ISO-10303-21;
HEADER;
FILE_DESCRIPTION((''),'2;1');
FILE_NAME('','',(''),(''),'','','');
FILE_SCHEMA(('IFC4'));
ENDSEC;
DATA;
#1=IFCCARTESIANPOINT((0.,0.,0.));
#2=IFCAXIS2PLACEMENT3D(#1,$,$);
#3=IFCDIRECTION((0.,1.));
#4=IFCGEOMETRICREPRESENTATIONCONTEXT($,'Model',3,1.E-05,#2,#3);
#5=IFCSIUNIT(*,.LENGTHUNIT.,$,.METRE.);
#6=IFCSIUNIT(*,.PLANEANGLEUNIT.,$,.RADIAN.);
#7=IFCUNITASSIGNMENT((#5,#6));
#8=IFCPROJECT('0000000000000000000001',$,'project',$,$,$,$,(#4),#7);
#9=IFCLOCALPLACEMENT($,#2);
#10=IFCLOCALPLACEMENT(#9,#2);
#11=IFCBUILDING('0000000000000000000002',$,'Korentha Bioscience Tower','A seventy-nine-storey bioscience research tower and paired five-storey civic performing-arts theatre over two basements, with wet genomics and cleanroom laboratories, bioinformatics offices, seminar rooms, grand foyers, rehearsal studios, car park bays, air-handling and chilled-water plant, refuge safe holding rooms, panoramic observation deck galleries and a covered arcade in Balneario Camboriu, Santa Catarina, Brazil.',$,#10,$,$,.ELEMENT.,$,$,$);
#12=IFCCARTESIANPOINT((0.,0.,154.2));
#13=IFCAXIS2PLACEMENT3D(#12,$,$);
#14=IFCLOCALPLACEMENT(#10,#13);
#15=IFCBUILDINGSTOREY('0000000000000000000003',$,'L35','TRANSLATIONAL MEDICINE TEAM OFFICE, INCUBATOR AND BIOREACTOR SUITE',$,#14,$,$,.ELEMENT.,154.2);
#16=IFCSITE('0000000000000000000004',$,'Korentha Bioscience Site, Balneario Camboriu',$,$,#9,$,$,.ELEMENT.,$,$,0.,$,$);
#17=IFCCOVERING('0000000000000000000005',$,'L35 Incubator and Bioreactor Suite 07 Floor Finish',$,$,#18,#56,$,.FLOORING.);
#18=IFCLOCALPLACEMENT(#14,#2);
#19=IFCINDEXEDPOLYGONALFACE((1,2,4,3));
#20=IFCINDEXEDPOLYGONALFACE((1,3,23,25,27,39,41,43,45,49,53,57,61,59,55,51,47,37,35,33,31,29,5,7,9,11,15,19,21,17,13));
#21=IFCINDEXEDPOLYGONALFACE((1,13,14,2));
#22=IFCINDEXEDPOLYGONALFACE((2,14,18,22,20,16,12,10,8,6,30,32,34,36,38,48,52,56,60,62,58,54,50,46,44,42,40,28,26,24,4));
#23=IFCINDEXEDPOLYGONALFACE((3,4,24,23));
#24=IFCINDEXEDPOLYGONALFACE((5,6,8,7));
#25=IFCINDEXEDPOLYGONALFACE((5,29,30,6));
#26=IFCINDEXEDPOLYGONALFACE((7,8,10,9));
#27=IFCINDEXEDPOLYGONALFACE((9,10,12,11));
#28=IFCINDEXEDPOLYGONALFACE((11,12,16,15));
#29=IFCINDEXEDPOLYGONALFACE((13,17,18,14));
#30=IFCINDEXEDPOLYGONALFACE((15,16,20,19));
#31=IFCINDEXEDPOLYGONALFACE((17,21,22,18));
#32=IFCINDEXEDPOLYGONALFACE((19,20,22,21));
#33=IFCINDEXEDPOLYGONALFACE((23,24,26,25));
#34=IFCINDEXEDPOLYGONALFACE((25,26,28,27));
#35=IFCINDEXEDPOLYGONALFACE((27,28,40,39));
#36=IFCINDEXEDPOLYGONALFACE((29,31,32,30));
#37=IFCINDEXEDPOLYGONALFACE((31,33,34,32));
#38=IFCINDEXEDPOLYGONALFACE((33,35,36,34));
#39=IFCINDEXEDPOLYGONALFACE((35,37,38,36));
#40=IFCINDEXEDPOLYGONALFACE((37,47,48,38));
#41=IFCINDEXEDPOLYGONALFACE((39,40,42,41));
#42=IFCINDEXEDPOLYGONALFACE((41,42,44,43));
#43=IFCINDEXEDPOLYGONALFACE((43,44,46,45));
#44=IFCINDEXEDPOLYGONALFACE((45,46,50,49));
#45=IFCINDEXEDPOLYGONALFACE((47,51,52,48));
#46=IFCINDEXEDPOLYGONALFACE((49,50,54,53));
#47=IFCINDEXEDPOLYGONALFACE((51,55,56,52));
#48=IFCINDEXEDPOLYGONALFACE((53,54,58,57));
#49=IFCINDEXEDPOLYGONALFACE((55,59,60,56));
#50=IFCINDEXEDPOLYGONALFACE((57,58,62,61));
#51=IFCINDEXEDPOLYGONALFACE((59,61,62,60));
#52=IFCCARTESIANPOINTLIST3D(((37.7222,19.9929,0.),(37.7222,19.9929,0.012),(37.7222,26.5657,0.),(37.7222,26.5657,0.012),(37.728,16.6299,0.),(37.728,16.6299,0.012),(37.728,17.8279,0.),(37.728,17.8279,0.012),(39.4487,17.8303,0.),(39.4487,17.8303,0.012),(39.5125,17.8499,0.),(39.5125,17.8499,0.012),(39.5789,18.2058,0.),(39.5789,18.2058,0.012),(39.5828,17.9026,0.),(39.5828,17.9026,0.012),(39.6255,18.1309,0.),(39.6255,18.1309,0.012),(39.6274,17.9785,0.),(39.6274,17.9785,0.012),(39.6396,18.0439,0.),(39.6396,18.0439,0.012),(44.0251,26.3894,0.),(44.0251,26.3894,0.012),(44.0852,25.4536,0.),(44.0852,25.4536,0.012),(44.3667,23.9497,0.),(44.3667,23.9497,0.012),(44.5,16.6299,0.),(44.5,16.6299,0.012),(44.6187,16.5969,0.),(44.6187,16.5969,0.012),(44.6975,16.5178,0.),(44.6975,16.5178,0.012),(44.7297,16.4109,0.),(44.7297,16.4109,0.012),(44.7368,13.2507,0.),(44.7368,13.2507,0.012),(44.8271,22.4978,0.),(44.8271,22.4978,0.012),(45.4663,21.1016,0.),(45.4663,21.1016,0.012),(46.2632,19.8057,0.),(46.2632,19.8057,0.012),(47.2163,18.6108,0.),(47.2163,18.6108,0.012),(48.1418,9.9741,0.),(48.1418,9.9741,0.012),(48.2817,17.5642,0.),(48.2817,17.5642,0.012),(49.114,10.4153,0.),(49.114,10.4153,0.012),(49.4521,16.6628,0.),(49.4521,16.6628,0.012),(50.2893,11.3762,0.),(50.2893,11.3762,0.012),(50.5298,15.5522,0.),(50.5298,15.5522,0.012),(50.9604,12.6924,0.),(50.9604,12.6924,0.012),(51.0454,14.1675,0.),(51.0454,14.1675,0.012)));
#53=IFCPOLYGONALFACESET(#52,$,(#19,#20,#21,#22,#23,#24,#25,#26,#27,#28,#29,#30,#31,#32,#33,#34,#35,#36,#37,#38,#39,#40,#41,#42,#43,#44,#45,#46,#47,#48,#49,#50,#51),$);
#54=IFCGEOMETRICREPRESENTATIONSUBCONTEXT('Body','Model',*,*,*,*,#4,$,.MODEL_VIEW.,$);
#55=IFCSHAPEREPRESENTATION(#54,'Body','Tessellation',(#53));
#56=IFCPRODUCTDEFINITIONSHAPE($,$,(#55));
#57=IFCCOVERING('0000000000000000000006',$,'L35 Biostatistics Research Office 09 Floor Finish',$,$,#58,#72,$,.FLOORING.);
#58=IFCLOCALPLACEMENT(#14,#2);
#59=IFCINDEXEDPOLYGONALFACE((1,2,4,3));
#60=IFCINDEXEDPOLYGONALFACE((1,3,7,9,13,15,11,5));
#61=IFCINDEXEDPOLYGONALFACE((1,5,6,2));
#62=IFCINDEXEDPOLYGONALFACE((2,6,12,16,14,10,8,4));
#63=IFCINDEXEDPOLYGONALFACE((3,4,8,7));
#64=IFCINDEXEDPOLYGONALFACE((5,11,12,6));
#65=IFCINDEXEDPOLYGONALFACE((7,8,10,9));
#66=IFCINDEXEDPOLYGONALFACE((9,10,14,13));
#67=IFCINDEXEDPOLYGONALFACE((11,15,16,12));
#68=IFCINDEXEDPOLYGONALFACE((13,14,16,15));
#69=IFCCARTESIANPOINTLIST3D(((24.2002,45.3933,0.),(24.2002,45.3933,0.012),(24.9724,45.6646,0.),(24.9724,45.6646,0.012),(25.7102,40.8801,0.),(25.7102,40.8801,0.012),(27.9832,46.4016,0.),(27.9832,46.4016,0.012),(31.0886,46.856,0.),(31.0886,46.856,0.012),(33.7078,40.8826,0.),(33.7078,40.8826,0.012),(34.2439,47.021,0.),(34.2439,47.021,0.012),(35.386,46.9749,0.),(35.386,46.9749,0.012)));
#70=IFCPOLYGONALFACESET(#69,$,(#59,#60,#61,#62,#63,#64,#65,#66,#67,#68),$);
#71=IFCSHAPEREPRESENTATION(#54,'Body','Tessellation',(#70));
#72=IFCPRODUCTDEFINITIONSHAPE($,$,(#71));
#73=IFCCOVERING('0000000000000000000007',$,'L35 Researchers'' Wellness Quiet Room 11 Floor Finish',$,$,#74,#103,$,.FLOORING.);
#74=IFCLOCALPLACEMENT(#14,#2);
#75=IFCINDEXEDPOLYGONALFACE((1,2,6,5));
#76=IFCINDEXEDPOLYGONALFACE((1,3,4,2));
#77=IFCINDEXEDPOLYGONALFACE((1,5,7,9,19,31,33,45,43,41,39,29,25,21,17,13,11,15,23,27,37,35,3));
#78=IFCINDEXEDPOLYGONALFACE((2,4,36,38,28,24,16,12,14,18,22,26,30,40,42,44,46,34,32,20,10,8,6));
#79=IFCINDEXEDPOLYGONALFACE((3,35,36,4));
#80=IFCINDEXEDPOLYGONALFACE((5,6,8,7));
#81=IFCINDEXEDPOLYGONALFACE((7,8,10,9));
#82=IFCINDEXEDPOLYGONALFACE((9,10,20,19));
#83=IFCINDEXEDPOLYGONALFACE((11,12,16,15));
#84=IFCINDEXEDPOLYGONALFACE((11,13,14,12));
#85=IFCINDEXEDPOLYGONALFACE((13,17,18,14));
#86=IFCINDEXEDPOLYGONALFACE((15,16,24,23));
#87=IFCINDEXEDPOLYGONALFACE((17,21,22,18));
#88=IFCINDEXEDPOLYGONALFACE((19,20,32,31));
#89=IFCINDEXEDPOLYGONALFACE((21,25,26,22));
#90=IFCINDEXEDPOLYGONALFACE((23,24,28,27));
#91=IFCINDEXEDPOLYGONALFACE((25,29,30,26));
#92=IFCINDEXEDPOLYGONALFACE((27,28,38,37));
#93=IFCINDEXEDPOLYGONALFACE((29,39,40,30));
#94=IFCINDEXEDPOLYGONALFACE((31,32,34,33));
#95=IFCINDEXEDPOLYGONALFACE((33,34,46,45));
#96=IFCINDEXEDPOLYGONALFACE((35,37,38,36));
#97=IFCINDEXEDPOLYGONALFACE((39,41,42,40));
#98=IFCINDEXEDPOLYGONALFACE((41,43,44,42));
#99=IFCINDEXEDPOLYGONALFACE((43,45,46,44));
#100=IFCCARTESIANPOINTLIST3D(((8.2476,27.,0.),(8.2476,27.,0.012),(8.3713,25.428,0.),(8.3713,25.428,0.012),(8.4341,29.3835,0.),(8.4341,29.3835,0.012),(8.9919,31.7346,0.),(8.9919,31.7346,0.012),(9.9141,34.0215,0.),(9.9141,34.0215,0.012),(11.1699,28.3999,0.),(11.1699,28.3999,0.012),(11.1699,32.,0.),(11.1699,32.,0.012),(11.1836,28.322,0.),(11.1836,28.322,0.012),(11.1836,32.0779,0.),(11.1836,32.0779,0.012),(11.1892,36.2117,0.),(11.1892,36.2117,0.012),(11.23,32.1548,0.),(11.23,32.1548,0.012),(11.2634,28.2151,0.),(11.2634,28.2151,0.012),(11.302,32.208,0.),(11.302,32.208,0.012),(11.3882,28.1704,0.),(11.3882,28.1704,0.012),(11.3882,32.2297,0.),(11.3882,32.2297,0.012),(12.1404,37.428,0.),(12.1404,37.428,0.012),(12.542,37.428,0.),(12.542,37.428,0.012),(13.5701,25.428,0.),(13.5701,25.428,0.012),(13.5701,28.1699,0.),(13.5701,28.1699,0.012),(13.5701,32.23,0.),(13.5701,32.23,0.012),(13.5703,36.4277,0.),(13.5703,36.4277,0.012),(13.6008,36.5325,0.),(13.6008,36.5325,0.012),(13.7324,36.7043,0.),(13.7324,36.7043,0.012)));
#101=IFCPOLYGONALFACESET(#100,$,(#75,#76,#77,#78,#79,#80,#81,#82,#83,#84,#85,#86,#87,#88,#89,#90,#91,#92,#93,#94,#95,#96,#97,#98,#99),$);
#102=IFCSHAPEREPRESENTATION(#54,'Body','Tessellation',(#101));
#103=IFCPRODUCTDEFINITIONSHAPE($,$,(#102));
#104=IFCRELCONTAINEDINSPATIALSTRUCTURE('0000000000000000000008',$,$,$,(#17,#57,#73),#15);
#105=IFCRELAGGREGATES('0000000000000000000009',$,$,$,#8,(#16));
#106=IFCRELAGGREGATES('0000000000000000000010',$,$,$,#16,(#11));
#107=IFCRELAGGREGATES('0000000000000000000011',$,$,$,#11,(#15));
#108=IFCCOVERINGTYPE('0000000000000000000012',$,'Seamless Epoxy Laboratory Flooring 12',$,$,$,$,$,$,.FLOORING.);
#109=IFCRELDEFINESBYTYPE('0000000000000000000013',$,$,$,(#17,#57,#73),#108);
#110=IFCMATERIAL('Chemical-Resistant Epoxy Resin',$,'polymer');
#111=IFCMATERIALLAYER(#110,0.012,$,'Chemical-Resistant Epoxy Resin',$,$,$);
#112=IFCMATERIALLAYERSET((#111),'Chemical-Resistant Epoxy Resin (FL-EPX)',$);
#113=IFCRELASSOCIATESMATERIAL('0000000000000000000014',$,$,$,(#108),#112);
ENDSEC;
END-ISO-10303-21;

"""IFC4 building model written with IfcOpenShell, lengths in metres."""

from ifc_helpers import new_model, si_unit, direction, frame, origin, place, context, subcontext, project, spatial, polyline, outline, extrude, material, layer, layer_set, type_object, element, save


model = new_model("IFC4")

# Units and contexts
model_context = context("Model", 3, precision=1e-05, world=origin(), true_north=direction((0.0, 1.0)))
body_context = subcontext(model_context, "Body", "Model", "MODEL_VIEW")
ifc_project = project(units=[si_unit("LENGTHUNIT", "METRE"), si_unit("PLANEANGLEUNIT", "RADIAN")], contexts=[model_context])

# Site, building, storey
site_placement = place(None, origin())
site = spatial("IfcSite", under=ifc_project, at=site_placement, Name="Korentha Bioscience Site, Balneario Camboriu", CompositionType="ELEMENT", RefElevation=0.0)
building_placement = place(site_placement, origin())
building = spatial("IfcBuilding", under=site, at=building_placement, Name="Korentha Bioscience Tower", Description="A seventy-nine-storey bioscience research tower and paired five-storey civic performing-arts theatre over two basements, with wet genomics and cleanroom laboratories, bioinformatics offices, seminar rooms, grand foyers, rehearsal studios, car park bays, air-handling and chilled-water plant, refuge safe holding rooms, panoramic observation deck galleries and a covered arcade in Balneario Camboriu, Santa Catarina, Brazil.", CompositionType="ELEMENT")
storey_placement = place(building_placement, frame((0.0, 0.0, 154.2)))
storey = spatial("IfcBuildingStorey", under=building, at=storey_placement, Name="L35", Description="TRANSLATIONAL MEDICINE TEAM OFFICE, INCUBATOR AND BIOREACTOR SUITE", CompositionType="ELEMENT", Elevation=154.2)

# Coverings
ifc_material_1 = material(Name="Chemical-Resistant Epoxy Resin", Category="polymer")
ifc_layer_1 = layer(ifc_material_1, 0.012, Name="Chemical-Resistant Epoxy Resin")
ifc_layer_set_1 = layer_set([ifc_layer_1], Name="Chemical-Resistant Epoxy Resin (FL-EPX)")
covering_type_1 = type_object("IfcCoveringType", Name="Seamless Epoxy Laboratory Flooring 12", PredefinedType="FLOORING", material=ifc_layer_set_1)
covering_1_placement = place(storey_placement, origin())
element("IfcCovering", 1, at=covering_1_placement, inside=storey, type_object=covering_type_1, Name="L35 Incubator and Bioreactor Suite 07 Floor Finish", PredefinedType="FLOORING", context=body_context, shape_type="SweptSolid", body=[
    extrude(outline(polyline([(44.0251, 26.3894), (44.0852, 25.4536), (44.3667, 23.9497), (44.8271, 22.4978), (45.4663, 21.1016), (46.2632, 19.8057), (47.2163, 18.6108), (48.2817, 17.5642), (49.4521, 16.6628), (50.5298, 15.5522), (51.0454, 14.1675), (50.9604, 12.6924), (50.2893, 11.3762), (49.114, 10.4153), (48.1418, 9.9741), (44.7368, 13.2507), (44.7297, 16.4109), (44.6975, 16.5178), (44.6187, 16.5969), (44.5, 16.6299), (37.728, 16.6299), (37.728, 17.8279), (39.4487, 17.8303), (39.5125, 17.8499), (39.5828, 17.9026), (39.6274, 17.9785), (39.6396, 18.0439), (39.6255, 18.1309), (39.5789, 18.2058), (37.7222, 19.9929), (37.7222, 26.5657), (44.0251, 26.3894)])), origin(), (0.0, 0.0, 1.0), 0.012),
])
covering_2_placement = place(storey_placement, origin())
element("IfcCovering", 2, at=covering_2_placement, inside=storey, type_object=covering_type_1, Name="L35 Biostatistics Research Office 09 Floor Finish", PredefinedType="FLOORING", context=body_context, shape_type="SweptSolid", body=[
    extrude(outline(polyline([(31.0886, 46.856), (34.2439, 47.021), (35.386, 46.9749), (33.7078, 40.8826), (25.7102, 40.8801), (24.2002, 45.3933), (24.9724, 45.6646), (27.9832, 46.4016), (31.0886, 46.856)])), origin(), (0.0, 0.0, 1.0), 0.012),
])
covering_3_placement = place(storey_placement, origin())
element("IfcCovering", 3, at=covering_3_placement, inside=storey, type_object=covering_type_1, Name="L35 Researchers' Wellness Quiet Room 11 Floor Finish", PredefinedType="FLOORING", context=body_context, shape_type="SweptSolid", body=[
    extrude(outline(polyline([(8.9919, 31.7346), (9.9141, 34.0215), (11.1892, 36.2117), (12.1404, 37.428), (12.542, 37.428), (13.7324, 36.7043), (13.6008, 36.5325), (13.5703, 36.4277), (13.5701, 32.23), (11.3882, 32.2297), (11.302, 32.208), (11.23, 32.1548), (11.1836, 32.0779), (11.1699, 32.0), (11.1699, 28.3999), (11.1836, 28.322), (11.2634, 28.2151), (11.3882, 28.1704), (13.5701, 28.1699), (13.5701, 25.428), (8.3713, 25.428), (8.2476, 27.0), (8.4341, 29.3835), (8.9919, 31.7346)])), origin(), (0.0, 0.0, 1.0), 0.012),
])

save(model, "model.ifc")
